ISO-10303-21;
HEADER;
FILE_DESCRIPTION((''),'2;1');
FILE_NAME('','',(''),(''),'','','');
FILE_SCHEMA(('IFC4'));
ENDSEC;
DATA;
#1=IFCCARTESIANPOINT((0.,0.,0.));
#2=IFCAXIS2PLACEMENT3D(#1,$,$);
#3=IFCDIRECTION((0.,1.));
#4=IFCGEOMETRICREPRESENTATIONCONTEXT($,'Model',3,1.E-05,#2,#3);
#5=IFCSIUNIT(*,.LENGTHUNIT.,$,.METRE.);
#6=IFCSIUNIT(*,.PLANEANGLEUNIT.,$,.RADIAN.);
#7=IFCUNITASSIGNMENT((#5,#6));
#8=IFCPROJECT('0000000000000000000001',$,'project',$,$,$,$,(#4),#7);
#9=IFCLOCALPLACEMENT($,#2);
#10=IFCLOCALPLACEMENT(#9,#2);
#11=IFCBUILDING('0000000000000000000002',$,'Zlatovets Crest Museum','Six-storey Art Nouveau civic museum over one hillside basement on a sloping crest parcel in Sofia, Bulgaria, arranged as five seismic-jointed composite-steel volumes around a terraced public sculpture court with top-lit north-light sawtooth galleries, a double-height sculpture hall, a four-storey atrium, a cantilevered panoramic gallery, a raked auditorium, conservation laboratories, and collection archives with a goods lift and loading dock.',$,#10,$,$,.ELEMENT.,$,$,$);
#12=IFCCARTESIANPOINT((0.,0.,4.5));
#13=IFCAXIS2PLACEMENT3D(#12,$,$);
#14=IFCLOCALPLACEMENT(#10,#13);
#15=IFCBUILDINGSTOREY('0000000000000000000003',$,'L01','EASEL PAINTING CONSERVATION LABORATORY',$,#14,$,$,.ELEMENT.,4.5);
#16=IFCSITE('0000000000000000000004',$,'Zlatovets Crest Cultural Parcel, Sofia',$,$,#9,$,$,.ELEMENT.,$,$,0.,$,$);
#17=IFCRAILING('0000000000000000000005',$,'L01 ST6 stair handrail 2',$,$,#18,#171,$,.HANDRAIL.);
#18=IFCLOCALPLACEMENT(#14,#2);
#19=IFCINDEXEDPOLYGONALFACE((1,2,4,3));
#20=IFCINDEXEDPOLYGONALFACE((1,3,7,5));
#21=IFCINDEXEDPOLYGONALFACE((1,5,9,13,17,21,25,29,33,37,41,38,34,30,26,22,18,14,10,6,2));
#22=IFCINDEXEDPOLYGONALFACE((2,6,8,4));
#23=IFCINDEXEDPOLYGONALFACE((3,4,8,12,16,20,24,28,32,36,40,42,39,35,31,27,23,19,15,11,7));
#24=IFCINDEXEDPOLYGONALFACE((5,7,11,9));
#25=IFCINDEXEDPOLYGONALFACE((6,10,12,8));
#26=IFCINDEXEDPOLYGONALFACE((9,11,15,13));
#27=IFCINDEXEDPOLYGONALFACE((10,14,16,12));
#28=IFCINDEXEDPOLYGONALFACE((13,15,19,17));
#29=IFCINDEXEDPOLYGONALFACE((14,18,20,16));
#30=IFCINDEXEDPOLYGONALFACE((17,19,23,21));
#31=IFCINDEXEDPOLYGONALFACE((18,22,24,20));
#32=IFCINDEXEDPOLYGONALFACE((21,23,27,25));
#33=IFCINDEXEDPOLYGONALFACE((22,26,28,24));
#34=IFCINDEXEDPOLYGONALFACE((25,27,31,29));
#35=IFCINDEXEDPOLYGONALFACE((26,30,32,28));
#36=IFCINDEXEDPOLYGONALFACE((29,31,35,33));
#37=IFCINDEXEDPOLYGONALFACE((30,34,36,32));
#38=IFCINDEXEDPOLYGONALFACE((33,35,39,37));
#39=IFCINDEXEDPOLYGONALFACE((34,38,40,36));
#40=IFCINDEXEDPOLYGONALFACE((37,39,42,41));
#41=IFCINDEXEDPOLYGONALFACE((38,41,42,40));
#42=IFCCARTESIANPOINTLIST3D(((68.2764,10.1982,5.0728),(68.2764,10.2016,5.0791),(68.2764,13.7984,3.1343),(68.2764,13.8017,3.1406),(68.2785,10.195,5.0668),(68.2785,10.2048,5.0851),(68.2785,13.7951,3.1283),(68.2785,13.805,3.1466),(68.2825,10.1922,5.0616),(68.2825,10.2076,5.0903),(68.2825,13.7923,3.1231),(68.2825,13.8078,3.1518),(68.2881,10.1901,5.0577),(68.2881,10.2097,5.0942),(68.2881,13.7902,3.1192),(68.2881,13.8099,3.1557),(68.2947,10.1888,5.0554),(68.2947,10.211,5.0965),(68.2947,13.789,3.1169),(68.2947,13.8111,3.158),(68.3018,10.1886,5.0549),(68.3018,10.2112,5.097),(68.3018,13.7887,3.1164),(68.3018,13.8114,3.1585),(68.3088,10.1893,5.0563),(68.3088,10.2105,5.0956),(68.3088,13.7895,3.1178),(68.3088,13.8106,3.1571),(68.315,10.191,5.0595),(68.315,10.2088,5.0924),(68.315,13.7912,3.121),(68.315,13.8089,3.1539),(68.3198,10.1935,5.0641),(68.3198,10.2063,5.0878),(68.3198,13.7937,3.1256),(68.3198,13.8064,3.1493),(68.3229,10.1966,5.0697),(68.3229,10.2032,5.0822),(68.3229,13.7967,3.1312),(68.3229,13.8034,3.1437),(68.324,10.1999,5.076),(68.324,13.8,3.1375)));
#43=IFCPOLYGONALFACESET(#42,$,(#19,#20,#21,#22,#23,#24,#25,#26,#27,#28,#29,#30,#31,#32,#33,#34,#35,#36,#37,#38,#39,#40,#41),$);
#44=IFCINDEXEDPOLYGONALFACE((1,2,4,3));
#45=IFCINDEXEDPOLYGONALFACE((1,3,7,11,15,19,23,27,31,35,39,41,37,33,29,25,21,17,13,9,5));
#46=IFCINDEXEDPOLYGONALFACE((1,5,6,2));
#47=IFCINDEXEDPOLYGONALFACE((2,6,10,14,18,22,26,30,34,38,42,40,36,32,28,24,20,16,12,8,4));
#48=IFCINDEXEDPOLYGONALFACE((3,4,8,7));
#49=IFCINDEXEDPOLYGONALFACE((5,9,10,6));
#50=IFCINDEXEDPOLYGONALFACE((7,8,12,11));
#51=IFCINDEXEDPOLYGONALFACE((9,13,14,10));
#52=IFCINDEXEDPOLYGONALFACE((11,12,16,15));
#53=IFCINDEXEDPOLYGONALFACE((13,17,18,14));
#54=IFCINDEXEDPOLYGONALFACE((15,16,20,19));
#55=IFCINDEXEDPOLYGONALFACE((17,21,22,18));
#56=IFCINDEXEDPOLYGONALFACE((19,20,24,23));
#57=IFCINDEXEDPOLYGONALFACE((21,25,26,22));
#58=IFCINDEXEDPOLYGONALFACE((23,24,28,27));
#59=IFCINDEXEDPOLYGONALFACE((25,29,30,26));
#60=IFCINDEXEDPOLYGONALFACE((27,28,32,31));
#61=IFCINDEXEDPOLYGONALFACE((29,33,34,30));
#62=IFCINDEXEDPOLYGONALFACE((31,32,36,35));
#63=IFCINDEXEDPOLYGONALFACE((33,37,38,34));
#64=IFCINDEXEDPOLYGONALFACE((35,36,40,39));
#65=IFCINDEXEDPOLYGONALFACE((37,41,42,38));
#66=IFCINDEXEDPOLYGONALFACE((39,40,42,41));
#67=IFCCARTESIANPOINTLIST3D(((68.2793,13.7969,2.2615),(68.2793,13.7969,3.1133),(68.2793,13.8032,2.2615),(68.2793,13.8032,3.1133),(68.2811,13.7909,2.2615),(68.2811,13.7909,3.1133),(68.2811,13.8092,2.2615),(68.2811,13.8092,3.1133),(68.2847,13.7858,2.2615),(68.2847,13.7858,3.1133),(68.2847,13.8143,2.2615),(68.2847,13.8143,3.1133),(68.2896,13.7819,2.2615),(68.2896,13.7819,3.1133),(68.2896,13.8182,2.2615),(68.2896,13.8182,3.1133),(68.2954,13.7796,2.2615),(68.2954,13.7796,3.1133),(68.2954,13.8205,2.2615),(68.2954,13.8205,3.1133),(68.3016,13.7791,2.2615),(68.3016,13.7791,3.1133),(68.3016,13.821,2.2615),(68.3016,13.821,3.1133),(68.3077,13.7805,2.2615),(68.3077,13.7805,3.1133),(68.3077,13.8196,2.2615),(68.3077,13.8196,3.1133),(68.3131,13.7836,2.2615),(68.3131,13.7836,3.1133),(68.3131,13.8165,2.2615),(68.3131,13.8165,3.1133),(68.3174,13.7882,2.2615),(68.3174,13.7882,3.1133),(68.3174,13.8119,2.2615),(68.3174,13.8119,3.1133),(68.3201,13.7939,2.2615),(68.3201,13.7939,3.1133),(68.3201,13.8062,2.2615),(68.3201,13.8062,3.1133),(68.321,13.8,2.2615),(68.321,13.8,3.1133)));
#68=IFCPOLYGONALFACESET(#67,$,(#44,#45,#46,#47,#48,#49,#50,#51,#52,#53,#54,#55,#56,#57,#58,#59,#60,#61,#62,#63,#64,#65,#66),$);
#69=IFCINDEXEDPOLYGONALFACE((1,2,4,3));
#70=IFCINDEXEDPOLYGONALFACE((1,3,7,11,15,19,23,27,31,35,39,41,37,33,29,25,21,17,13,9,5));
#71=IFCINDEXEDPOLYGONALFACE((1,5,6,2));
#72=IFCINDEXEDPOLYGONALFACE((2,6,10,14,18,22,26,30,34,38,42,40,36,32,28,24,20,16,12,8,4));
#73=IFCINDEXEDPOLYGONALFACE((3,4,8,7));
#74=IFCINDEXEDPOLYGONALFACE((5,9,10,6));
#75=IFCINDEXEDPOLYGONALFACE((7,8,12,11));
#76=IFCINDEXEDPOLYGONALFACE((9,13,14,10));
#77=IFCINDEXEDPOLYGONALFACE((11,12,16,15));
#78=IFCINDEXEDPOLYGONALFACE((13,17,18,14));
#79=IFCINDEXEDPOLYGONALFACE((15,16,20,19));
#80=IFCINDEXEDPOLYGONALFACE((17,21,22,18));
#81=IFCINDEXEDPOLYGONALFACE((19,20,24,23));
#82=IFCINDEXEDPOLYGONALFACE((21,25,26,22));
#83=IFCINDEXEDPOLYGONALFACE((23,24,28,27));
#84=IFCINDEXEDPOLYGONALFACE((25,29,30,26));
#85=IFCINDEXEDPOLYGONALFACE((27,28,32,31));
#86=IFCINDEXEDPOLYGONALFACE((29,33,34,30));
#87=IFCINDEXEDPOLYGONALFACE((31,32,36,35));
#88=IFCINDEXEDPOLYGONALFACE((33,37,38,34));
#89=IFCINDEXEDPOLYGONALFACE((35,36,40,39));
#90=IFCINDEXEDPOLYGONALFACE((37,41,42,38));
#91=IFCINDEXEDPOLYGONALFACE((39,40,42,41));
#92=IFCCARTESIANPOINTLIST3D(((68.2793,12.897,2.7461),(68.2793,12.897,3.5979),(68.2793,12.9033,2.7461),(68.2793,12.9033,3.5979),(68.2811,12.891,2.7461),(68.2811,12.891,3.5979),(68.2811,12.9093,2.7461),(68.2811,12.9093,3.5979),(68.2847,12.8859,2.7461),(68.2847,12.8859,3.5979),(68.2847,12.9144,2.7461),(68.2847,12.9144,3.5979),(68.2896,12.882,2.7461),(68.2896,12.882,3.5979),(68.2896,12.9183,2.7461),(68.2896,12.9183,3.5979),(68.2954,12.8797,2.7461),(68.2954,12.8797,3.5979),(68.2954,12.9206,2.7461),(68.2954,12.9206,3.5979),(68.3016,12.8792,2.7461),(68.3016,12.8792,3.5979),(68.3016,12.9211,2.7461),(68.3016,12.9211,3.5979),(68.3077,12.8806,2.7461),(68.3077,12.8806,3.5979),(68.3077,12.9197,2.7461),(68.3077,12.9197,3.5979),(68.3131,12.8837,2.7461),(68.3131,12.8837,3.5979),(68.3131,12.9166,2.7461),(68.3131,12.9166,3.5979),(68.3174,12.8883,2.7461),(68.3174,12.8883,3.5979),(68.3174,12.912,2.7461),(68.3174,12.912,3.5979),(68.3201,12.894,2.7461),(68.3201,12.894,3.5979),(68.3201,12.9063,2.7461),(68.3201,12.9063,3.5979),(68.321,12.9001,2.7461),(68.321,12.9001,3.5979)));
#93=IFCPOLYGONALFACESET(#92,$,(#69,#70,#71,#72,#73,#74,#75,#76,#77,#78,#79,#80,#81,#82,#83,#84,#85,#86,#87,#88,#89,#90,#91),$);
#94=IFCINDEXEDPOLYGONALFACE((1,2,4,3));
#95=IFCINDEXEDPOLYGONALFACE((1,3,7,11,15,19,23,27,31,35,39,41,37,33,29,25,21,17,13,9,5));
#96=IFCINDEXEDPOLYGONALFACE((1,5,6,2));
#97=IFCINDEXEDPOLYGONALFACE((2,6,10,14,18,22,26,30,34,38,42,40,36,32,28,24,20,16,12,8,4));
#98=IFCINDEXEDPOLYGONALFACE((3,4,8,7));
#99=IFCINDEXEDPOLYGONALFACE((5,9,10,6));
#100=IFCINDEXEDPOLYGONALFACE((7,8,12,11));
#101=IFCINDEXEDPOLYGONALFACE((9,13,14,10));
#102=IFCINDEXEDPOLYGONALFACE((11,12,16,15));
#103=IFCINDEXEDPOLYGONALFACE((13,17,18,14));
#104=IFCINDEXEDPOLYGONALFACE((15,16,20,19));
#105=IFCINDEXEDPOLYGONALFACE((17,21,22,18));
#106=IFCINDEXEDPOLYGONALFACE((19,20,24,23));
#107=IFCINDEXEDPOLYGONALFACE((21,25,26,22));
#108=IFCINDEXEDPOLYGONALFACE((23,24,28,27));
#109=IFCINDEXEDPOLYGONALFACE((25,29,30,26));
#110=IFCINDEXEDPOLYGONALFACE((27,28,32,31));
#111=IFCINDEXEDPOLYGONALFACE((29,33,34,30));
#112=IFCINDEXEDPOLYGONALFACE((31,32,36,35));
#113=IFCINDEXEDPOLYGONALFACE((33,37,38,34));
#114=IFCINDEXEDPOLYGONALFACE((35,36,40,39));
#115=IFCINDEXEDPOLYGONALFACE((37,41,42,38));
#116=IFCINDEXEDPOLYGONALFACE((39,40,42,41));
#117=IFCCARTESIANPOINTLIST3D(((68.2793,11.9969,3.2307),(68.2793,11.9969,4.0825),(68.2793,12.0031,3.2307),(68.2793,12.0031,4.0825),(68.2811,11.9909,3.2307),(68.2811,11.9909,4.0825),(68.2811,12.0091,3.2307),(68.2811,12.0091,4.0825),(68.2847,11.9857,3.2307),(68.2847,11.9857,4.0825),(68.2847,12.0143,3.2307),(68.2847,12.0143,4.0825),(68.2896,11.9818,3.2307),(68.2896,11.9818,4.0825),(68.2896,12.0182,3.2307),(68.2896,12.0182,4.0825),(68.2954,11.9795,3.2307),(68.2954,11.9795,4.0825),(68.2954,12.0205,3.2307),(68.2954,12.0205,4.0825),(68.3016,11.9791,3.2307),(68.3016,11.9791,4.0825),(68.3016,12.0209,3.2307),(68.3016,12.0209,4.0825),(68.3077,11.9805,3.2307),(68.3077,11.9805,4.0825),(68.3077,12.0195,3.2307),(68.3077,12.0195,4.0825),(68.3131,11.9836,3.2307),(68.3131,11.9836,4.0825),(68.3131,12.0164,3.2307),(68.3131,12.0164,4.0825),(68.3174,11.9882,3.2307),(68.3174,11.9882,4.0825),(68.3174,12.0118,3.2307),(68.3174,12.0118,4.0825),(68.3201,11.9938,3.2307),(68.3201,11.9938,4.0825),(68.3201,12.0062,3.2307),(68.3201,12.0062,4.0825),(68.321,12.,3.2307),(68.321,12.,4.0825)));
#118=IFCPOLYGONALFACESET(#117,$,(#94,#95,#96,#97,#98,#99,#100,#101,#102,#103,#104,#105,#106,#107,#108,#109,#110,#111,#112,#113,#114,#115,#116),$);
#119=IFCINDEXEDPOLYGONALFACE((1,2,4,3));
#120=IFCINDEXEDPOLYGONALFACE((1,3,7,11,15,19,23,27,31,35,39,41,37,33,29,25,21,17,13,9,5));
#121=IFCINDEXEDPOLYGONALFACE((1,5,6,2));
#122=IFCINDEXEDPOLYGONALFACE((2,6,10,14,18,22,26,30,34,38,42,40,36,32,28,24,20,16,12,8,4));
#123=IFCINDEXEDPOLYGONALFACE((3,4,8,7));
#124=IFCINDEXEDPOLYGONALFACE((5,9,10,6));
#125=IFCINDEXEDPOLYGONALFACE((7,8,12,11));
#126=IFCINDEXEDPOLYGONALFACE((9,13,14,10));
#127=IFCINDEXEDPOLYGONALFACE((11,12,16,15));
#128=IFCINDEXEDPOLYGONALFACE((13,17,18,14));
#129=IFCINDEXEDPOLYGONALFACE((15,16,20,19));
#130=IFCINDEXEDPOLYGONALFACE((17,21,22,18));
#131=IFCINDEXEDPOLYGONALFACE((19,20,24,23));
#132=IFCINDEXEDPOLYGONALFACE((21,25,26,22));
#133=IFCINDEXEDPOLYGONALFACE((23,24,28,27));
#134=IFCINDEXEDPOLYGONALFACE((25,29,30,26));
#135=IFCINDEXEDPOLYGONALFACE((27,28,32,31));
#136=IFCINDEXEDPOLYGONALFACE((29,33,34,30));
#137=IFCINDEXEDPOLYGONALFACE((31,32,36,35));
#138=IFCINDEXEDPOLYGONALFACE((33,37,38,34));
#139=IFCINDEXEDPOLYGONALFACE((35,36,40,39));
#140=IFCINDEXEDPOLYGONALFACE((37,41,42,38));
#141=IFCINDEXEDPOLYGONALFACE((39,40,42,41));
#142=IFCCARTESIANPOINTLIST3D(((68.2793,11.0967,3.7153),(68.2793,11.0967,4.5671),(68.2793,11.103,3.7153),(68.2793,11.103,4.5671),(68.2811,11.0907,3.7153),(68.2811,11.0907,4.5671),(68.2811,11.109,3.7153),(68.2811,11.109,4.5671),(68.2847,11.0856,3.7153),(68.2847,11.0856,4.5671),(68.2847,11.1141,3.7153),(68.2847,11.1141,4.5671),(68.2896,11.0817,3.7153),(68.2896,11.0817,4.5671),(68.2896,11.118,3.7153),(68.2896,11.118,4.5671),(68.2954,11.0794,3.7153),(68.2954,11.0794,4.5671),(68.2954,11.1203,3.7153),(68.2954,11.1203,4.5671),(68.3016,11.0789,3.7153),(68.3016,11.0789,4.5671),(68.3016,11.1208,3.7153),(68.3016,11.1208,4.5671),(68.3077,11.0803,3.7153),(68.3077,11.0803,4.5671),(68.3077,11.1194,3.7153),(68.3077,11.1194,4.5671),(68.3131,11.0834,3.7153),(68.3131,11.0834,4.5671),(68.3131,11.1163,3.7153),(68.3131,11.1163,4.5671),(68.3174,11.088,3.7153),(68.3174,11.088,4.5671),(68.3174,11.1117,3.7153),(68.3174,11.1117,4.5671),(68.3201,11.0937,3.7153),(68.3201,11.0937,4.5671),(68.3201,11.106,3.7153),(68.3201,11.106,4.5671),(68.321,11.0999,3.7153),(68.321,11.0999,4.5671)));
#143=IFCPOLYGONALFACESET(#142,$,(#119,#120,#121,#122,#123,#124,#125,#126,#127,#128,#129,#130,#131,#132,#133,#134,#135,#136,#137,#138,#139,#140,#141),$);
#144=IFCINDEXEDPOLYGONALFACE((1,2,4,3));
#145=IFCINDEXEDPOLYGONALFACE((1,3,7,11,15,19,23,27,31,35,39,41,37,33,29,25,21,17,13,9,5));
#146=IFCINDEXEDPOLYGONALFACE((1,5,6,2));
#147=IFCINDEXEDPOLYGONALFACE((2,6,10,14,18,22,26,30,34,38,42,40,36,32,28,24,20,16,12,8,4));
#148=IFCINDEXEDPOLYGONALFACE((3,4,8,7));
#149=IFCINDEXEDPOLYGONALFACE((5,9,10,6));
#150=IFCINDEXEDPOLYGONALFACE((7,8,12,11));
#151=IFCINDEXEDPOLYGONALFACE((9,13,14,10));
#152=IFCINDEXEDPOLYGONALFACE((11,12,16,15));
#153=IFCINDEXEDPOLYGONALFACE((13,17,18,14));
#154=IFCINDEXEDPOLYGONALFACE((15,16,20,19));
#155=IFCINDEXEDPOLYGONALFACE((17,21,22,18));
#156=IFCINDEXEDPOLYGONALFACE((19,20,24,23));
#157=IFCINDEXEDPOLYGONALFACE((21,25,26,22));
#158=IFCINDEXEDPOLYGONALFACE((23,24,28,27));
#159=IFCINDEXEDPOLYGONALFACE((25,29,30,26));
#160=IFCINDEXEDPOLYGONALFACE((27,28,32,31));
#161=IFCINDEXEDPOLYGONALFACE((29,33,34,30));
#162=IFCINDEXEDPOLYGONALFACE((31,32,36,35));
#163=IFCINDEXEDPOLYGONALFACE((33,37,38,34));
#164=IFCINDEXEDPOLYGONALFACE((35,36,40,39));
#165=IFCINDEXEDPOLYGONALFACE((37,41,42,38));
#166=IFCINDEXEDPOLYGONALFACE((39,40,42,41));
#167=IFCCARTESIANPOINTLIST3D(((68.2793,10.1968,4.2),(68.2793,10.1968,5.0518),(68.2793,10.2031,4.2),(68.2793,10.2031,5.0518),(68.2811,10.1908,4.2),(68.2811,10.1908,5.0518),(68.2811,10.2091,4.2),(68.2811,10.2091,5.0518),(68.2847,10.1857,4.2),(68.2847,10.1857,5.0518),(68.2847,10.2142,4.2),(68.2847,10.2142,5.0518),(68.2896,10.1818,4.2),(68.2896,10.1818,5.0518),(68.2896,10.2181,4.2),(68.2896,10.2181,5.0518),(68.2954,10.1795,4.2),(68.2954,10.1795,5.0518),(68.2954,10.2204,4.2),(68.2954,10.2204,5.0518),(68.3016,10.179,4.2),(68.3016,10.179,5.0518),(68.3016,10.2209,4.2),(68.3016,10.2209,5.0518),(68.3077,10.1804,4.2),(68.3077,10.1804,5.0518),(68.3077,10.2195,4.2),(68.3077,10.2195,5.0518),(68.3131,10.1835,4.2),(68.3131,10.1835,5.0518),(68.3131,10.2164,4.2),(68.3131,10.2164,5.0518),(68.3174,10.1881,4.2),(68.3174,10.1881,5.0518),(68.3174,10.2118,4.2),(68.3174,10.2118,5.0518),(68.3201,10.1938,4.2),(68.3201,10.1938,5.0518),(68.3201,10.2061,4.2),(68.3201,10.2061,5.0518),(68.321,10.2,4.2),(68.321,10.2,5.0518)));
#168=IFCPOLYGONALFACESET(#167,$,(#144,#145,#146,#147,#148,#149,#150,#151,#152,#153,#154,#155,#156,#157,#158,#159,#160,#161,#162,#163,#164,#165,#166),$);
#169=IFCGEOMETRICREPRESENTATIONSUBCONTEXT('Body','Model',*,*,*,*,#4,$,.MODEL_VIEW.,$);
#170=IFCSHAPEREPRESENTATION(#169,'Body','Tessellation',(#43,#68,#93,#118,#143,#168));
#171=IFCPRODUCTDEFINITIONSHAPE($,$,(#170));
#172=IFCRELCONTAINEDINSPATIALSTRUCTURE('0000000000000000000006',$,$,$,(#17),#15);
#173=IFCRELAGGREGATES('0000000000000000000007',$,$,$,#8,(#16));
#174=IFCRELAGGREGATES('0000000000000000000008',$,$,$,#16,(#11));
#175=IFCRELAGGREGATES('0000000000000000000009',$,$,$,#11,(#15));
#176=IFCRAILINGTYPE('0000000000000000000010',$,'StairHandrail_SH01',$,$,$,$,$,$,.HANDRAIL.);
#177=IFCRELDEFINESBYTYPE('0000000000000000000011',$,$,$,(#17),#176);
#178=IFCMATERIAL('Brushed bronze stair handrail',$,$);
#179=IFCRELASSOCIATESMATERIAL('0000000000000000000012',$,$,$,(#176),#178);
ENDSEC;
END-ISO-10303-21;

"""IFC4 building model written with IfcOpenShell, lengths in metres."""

from ifc_helpers import new_model, si_unit, direction, frame, origin, origin_2d, place, context, subcontext, project, spatial, circle, extrude, material, type_object, element, save


model = new_model("IFC4")

# Units and contexts
model_context = context("Model", 3, precision=1e-05, world=origin(), true_north=direction((0.0, 1.0)))
body_context = subcontext(model_context, "Body", "Model", "MODEL_VIEW")
ifc_project = project(units=[si_unit("LENGTHUNIT", "METRE"), si_unit("PLANEANGLEUNIT", "RADIAN")], contexts=[model_context])

# Site, building, storey
site_placement = place(None, origin())
site = spatial("IfcSite", under=ifc_project, at=site_placement, Name="Zlatovets Crest Cultural Parcel, Sofia", CompositionType="ELEMENT", RefElevation=0.0)
building_placement = place(site_placement, origin())
building = spatial("IfcBuilding", under=site, at=building_placement, Name="Zlatovets Crest Museum", Description="Six-storey Art Nouveau civic museum over one hillside basement on a sloping crest parcel in Sofia, Bulgaria, arranged as five seismic-jointed composite-steel volumes around a terraced public sculpture court with top-lit north-light sawtooth galleries, a double-height sculpture hall, a four-storey atrium, a cantilevered panoramic gallery, a raked auditorium, conservation laboratories, and collection archives with a goods lift and loading dock.", CompositionType="ELEMENT")
storey_placement = place(building_placement, frame((0.0, 0.0, 4.5)))
storey = spatial("IfcBuildingStorey", under=building, at=storey_placement, Name="L01", Description="EASEL PAINTING CONSERVATION LABORATORY", CompositionType="ELEMENT", Elevation=4.5)

# Railing
ifc_material_1 = material(Name="Brushed bronze stair handrail")
railing_type_1 = type_object("IfcRailingType", Name="StairHandrail_SH01", PredefinedType="HANDRAIL", material=ifc_material_1)
railing_1_placement = place(storey_placement, frame((68.3, 13.8, 2.2615)))
element("IfcRailing", 1, at=railing_1_placement, inside=storey, type_object=railing_type_1, Name="L01 ST6 stair handrail 2", PredefinedType="HANDRAIL", context=body_context, shape_type="SweptSolid", body=[
    extrude(circle(Radius=0.0239, at=origin_2d()), frame((0.0, 0.0, 0.876), z_axis=(0.0, -0.880475, 0.474093), x_axis=(1.0, 0.0, 0.0)), (0.0, 0.0, 1.0), 4.0889),
    extrude(circle(Radius=0.021, at=origin_2d()), origin(), (0.0, 0.0, 1.0), 0.8518),
    extrude(circle(Radius=0.021, at=origin_2d()), frame((0.0, -0.8999, 0.4846)), (0.0, 0.0, 1.0), 0.8518),
    extrude(circle(Radius=0.021, at=origin_2d()), frame((0.0, -1.8, 0.9692)), (0.0, 0.0, 1.0), 0.8518),
    extrude(circle(Radius=0.021, at=origin_2d()), frame((0.0, -2.7002, 1.4539)), (0.0, 0.0, 1.0), 0.8518),
    extrude(circle(Radius=0.021, at=origin_2d()), frame((0.0, -3.6001, 1.9385)), (0.0, 0.0, 1.0), 0.8518),
])

save(model, "model.ifc")
